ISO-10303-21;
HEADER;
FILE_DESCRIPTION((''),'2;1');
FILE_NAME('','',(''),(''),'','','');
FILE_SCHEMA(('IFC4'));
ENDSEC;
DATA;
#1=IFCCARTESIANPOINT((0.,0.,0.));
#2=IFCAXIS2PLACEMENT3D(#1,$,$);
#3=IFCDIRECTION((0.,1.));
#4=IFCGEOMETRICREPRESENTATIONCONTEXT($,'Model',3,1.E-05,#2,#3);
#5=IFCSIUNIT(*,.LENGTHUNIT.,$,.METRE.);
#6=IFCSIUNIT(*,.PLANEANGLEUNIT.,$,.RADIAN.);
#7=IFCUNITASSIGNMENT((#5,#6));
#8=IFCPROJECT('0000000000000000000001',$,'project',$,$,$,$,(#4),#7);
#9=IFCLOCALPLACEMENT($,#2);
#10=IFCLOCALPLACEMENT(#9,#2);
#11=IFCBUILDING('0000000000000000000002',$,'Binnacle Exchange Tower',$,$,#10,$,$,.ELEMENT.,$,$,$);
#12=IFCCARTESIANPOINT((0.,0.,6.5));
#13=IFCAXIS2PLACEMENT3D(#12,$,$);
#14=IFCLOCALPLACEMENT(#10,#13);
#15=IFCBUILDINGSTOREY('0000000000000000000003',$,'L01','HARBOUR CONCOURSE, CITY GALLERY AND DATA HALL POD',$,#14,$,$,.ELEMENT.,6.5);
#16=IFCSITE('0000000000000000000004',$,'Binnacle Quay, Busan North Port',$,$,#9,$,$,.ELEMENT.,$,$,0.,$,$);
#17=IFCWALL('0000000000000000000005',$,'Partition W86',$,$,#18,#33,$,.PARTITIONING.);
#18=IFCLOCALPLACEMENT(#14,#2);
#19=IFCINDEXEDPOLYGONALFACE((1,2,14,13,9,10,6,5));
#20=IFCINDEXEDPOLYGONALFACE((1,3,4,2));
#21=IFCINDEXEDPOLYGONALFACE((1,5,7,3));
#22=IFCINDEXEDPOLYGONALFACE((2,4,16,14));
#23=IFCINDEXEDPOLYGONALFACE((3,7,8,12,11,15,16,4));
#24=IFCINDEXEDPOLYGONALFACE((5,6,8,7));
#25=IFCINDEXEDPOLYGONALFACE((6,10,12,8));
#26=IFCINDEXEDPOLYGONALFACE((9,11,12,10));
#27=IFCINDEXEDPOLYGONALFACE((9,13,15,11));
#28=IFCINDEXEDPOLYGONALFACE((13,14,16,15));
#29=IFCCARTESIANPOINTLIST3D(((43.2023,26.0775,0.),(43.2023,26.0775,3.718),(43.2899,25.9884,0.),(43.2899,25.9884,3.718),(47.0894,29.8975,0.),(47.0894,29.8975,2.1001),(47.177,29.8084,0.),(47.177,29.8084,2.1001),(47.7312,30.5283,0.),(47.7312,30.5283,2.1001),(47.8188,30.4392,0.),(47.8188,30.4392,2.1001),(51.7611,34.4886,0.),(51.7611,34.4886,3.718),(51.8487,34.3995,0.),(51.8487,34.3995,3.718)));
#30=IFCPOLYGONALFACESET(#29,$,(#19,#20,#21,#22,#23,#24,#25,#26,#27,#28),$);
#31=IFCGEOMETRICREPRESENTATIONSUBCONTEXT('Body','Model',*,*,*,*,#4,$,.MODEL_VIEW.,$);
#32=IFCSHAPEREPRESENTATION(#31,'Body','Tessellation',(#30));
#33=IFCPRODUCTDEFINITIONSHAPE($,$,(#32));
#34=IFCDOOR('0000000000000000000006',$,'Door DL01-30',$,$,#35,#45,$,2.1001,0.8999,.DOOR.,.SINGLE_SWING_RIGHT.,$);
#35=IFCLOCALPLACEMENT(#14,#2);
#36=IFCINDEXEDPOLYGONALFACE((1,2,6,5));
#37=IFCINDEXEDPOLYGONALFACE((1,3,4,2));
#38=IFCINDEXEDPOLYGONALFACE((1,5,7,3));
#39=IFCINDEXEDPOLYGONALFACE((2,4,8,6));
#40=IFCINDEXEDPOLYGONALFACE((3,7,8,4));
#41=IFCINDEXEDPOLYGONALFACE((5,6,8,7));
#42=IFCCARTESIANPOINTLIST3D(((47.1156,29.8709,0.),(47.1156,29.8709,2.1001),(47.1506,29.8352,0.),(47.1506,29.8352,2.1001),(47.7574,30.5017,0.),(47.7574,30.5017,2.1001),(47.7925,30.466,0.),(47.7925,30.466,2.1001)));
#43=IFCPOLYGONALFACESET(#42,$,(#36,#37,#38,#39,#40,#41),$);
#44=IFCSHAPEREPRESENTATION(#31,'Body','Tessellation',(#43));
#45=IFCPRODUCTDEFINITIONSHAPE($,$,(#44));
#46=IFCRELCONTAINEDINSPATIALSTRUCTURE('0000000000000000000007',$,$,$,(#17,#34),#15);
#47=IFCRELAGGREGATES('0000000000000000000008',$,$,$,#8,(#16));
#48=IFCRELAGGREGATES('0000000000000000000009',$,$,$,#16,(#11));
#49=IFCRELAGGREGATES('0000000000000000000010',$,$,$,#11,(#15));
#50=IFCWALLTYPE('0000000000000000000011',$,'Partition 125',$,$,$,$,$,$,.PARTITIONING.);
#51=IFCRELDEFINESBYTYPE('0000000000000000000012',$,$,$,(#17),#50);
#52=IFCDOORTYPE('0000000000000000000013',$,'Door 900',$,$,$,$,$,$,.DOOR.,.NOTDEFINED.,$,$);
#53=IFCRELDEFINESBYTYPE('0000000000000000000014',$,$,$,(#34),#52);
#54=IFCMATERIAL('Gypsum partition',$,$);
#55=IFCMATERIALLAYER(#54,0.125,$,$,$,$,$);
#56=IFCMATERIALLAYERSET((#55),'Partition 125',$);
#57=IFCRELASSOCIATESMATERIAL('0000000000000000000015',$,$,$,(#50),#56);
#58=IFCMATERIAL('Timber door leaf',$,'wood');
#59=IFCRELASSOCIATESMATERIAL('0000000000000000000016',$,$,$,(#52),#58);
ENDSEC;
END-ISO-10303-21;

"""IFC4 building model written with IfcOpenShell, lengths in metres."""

from ifc_helpers import new_model, si_unit, direction, frame, frame_2d, origin, place, context, subcontext, project, spatial, rectangle, extrude, material, layer, layer_set, type_object, element, fill, save


model = new_model("IFC4")

# Units and contexts
model_context = context("Model", 3, precision=1e-05, world=origin(), true_north=direction((0.0, 1.0)))
body_context = subcontext(model_context, "Body", "Model", "MODEL_VIEW")
ifc_project = project(units=[si_unit("LENGTHUNIT", "METRE"), si_unit("PLANEANGLEUNIT", "RADIAN")], contexts=[model_context])

# Site, building, storey
site_placement = place(None, origin())
site = spatial("IfcSite", under=ifc_project, at=site_placement, Name="Binnacle Quay, Busan North Port", CompositionType="ELEMENT", RefElevation=0.0)
building_placement = place(site_placement, origin())
building = spatial("IfcBuilding", under=site, at=building_placement, Name="Binnacle Exchange Tower", CompositionType="ELEMENT")
storey_placement = place(building_placement, frame((0.0, 0.0, 6.5)))
storey = spatial("IfcBuildingStorey", under=building, at=storey_placement, Name="L01", Description="HARBOUR CONCOURSE, CITY GALLERY AND DATA HALL POD", CompositionType="ELEMENT", Elevation=6.5)

# Shared definitions
ifc_material_1 = material(Name="Gypsum partition")
ifc_layer_1 = layer(ifc_material_1, 0.125)
ifc_layer_set_1 = layer_set([ifc_layer_1], Name="Partition 125")
wall_type_1 = type_object("IfcWallType", Name="Partition 125", PredefinedType="PARTITIONING", material=ifc_layer_set_1)

# Wall, opening, door
wall_1_placement = place(storey_placement, frame((43.2461, 26.033, 0.0), z_axis=(0.0, 0.0, 1.0), x_axis=(0.713234, 0.700926, 0.0)))
wall_1 = element("IfcWall", 1, at=wall_1_placement, inside=storey, type_object=wall_type_1, Name="Partition W86", PredefinedType="PARTITIONING", context=body_context, shape_type="SweptSolid", body=[
    extrude(rectangle(XDim=12.0, YDim=0.125, at=frame_2d((6.0, 0.0))), origin(), (0.0, 0.0, 1.0), 3.718),
])
opening_placement = place(wall_1_placement, frame((5.45, 0.0, 0.0)))
opening = element("IfcOpeningElement", 2, at=opening_placement, cuts=wall_1, PredefinedType="OPENING", context=body_context, shape_type="SweptSolid", body=[
    extrude(rectangle(XDim=0.8999, YDim=2.1001, at=frame_2d((0.45, 1.05))), frame((0.0, 0.0725, 0.0), z_axis=(0.0, -1.0, 0.0), x_axis=(1.0, 0.0, 0.0)), (0.0, 0.0, 1.0), 0.145),
])
ifc_material_2 = material(Name="Timber door leaf", Category="wood")
door_type = type_object("IfcDoorType", Name="Door 900", OperationType="NOTDEFINED", PredefinedType="DOOR", material=ifc_material_2)
door_placement = place(opening_placement, frame((0.8999, 0.0, 0.0), z_axis=(0.0, 0.0, 1.0), x_axis=(-1.0, 0.0, 0.0)))
door = element("IfcDoor", 3, at=door_placement, inside=storey, type_object=door_type, Name="Door DL01-30", OperationType="SINGLE_SWING_RIGHT", OverallHeight=2.1001, OverallWidth=0.8999, PredefinedType="DOOR", context=body_context, shape_type="SweptSolid", body=[
    extrude(rectangle(XDim=0.8999, YDim=2.1001, at=frame_2d((0.45, 1.05))), frame((0.0, 0.0249, 0.0), z_axis=(0.0, -1.0, 0.0), x_axis=(1.0, 0.0, 0.0)), (0.0, 0.0, 1.0), 0.05),
])
fill(opening, door)

save(model, "model.ifc")
